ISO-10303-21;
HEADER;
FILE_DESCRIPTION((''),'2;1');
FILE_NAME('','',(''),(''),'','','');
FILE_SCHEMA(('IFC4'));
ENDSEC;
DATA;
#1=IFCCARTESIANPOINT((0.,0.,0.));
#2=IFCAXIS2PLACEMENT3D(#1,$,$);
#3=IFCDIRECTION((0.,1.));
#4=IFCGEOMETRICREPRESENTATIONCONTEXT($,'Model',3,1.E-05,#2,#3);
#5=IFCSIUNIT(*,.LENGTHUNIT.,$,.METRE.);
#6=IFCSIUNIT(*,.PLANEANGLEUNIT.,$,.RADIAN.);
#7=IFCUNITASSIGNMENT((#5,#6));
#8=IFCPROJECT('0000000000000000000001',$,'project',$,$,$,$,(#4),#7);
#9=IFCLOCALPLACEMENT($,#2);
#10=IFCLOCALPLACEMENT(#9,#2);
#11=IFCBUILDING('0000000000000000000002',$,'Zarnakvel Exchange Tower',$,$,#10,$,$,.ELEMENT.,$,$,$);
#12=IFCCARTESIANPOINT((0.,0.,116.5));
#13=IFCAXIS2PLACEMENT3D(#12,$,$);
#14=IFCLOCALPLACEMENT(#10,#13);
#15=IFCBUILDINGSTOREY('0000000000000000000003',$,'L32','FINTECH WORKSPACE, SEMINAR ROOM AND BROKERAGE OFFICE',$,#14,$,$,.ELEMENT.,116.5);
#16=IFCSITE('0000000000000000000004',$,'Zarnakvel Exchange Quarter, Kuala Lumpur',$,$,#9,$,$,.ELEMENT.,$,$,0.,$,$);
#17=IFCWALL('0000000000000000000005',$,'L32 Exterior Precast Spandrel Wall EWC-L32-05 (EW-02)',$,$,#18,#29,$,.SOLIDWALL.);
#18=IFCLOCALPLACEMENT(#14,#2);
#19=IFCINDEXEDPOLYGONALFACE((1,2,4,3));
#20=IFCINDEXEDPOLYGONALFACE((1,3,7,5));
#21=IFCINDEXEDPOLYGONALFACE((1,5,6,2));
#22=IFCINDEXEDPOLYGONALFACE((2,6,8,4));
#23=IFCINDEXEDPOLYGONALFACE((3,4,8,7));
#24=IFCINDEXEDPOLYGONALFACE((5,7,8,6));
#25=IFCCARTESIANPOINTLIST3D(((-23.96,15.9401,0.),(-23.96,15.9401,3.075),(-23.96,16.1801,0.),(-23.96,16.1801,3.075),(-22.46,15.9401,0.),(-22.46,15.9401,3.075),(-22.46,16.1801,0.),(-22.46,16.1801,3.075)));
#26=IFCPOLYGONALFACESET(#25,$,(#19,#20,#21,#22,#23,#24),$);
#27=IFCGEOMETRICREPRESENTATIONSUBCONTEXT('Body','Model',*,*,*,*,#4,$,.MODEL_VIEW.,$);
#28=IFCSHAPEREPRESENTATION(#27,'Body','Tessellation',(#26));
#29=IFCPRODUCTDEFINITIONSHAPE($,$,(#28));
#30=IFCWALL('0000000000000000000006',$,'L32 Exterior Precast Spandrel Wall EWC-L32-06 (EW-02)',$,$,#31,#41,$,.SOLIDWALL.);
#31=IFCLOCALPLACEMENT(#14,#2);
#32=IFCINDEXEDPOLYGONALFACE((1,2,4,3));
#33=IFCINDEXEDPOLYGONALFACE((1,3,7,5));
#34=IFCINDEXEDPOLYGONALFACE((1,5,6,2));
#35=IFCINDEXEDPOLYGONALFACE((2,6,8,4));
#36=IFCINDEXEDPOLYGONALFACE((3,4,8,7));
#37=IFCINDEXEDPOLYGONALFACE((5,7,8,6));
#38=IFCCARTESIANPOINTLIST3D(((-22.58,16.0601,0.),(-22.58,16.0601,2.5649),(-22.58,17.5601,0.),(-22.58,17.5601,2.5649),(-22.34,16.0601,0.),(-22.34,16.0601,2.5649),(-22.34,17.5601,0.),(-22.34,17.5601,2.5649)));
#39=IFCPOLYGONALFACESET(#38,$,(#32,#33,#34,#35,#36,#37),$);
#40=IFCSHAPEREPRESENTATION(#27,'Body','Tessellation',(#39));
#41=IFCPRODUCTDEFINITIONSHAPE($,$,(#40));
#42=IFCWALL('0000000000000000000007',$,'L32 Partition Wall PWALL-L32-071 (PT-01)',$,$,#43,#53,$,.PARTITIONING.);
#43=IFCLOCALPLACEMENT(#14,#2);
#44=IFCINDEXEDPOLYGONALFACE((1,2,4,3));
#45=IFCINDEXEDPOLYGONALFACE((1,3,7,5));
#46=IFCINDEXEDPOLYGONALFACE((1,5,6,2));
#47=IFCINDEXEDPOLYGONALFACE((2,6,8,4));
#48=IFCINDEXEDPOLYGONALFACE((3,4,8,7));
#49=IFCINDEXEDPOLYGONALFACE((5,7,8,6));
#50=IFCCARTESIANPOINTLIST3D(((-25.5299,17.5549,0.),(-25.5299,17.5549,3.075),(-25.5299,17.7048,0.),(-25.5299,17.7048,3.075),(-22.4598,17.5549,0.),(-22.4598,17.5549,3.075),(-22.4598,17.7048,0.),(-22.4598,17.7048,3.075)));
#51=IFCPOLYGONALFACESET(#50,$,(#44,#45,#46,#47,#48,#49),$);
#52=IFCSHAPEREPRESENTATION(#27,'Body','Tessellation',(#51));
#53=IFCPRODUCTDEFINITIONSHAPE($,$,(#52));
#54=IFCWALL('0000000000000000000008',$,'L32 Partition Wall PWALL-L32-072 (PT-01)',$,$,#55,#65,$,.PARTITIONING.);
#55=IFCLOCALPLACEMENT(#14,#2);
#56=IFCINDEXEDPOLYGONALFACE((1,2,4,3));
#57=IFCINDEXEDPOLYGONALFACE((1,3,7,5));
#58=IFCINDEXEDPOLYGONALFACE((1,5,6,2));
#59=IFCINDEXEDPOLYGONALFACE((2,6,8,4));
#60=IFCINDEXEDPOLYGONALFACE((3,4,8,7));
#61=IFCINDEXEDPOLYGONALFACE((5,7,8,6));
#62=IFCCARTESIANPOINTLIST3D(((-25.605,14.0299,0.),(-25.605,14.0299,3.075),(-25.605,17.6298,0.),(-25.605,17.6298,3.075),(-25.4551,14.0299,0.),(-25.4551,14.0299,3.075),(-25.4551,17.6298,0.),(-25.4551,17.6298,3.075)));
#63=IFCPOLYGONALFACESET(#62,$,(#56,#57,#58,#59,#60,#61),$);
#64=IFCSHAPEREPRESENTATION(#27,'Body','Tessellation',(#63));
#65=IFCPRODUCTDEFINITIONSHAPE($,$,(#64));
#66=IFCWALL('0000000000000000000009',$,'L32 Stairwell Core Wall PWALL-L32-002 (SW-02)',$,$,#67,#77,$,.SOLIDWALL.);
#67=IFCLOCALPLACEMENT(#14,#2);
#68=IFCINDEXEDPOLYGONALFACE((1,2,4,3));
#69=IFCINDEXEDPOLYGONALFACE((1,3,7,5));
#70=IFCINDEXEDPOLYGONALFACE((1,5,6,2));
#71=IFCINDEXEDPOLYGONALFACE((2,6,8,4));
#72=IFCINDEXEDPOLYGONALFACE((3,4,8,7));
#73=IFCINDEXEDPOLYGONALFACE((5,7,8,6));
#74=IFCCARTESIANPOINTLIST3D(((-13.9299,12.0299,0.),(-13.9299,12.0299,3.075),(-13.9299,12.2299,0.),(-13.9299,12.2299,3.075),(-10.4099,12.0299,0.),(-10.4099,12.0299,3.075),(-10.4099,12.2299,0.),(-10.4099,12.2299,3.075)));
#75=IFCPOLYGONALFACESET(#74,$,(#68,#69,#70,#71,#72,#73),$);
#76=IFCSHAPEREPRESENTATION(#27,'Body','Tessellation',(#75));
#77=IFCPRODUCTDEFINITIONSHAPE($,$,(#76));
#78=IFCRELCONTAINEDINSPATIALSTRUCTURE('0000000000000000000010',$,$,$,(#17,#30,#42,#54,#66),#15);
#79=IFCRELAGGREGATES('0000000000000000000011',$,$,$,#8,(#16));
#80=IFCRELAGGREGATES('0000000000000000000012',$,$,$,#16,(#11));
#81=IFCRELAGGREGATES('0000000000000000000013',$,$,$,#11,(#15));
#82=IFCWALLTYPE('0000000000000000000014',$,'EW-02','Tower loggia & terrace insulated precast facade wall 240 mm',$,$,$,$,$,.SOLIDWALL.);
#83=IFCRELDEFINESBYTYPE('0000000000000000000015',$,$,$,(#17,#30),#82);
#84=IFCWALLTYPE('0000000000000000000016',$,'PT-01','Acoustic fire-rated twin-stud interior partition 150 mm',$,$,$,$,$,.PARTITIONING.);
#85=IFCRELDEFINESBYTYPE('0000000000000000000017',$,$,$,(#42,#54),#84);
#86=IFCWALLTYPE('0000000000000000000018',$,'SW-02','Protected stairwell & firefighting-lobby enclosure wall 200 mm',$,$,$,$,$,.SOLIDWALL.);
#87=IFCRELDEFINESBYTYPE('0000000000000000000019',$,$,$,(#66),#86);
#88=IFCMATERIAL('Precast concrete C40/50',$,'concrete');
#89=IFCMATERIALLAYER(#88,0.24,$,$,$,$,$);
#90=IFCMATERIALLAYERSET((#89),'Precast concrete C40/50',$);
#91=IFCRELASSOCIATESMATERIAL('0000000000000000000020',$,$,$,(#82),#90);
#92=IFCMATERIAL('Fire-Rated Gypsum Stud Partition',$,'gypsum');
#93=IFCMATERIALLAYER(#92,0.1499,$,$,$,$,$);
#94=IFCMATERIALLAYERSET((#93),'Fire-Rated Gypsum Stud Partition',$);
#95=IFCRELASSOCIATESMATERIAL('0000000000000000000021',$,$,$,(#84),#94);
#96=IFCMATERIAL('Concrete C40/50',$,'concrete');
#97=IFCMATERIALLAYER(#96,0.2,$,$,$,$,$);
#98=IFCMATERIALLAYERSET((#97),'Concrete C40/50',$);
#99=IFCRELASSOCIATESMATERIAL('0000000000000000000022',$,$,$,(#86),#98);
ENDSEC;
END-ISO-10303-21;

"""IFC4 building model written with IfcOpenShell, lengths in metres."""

from ifc_helpers import new_model, si_unit, direction, frame, frame_2d, origin, place, context, subcontext, project, spatial, rectangle, extrude, material, layer, layer_set, type_object, element, save


model = new_model("IFC4")

# Units and contexts
model_context = context("Model", 3, precision=1e-05, world=origin(), true_north=direction((0.0, 1.0)))
body_context = subcontext(model_context, "Body", "Model", "MODEL_VIEW")
ifc_project = project(units=[si_unit("LENGTHUNIT", "METRE"), si_unit("PLANEANGLEUNIT", "RADIAN")], contexts=[model_context])

# Site, building, storey
site_placement = place(None, origin())
site = spatial("IfcSite", under=ifc_project, at=site_placement, Name="Zarnakvel Exchange Quarter, Kuala Lumpur", CompositionType="ELEMENT", RefElevation=0.0)
building_placement = place(site_placement, origin())
building = spatial("IfcBuilding", under=site, at=building_placement, Name="Zarnakvel Exchange Tower", CompositionType="ELEMENT")
storey_placement = place(building_placement, frame((0.0, 0.0, 116.5)))
storey = spatial("IfcBuildingStorey", under=building, at=storey_placement, Name="L32", Description="FINTECH WORKSPACE, SEMINAR ROOM AND BROKERAGE OFFICE", CompositionType="ELEMENT", Elevation=116.5)

# Walls
ifc_material_1 = material(Name="Precast concrete C40/50", Category="concrete")
ifc_layer_1 = layer(ifc_material_1, 0.24)
ifc_layer_set_1 = layer_set([ifc_layer_1], Name="Precast concrete C40/50")
wall_type_1 = type_object("IfcWallType", Name="EW-02", Description="Tower loggia & terrace insulated precast facade wall 240 mm", PredefinedType="SOLIDWALL", material=ifc_layer_set_1)
for number, where, z_axis, x_axis, name in (
    (1, (-22.46, 16.0601, 0.0), (0.0, 0.0, 1.0), (-1.0, 0.0, 0.0), "L32 Exterior Precast Spandrel Wall EWC-L32-05 (EW-02)"),
):
    element("IfcWall", number, at=place(storey_placement, frame(where, z_axis=z_axis, x_axis=x_axis)), inside=storey, type_object=wall_type_1, Name=name, PredefinedType="SOLIDWALL", context=body_context, shape_type="SweptSolid", body=[
        extrude(rectangle(XDim=1.5, YDim=0.24, at=frame_2d((0.75, 0.0))), origin(), (0.0, 0.0, 1.0), 3.075),
    ])
wall_1_placement = place(storey_placement, frame((-22.46, 17.5601, 0.0), z_axis=(0.0, 0.0, 1.0), x_axis=(0.0, -1.0, 0.0)))
element("IfcWall", 2, at=wall_1_placement, inside=storey, type_object=wall_type_1, Name="L32 Exterior Precast Spandrel Wall EWC-L32-06 (EW-02)", PredefinedType="SOLIDWALL", context=body_context, shape_type="SweptSolid", body=[
    extrude(rectangle(XDim=1.5, YDim=0.24, at=frame_2d((0.75, 0.0))), origin(), (0.0, 0.0, 1.0), 2.5649),
])

# Shared definitions
ifc_material_2 = material(Name="Fire-Rated Gypsum Stud Partition", Category="gypsum")
ifc_layer_2 = layer(ifc_material_2, 0.1499)
ifc_layer_set_2 = layer_set([ifc_layer_2], Name="Fire-Rated Gypsum Stud Partition")
wall_type_2 = type_object("IfcWallType", Name="PT-01", Description="Acoustic fire-rated twin-stud interior partition 150 mm", PredefinedType="PARTITIONING", material=ifc_layer_set_2)

# Walls
wall_2_placement = place(storey_placement, frame((-25.53, 17.6299, 0.0), z_axis=(0.0, 0.0, 1.0), x_axis=(1.0, 0.0, 0.0)))
element("IfcWall", 3, at=wall_2_placement, inside=storey, type_object=wall_type_2, Name="L32 Partition Wall PWALL-L32-071 (PT-01)", PredefinedType="PARTITIONING", context=body_context, shape_type="SweptSolid", body=[
    extrude(rectangle(XDim=3.0701, YDim=0.1499, at=frame_2d((1.5352, 0.0))), origin(), (0.0, 0.0, 1.0), 3.075),
])
wall_3_placement = place(storey_placement, frame((-25.53, 14.03, 0.0), z_axis=(0.0, 0.0, 1.0), x_axis=(0.0, 1.0, 0.0)))
element("IfcWall", 4, at=wall_3_placement, inside=storey, type_object=wall_type_2, Name="L32 Partition Wall PWALL-L32-072 (PT-01)", PredefinedType="PARTITIONING", context=body_context, shape_type="SweptSolid", body=[
    extrude(rectangle(XDim=3.5999, YDim=0.1499, at=frame_2d((1.7998, 0.0))), origin(), (0.0, 0.0, 1.0), 3.075),
])
ifc_material_3 = material(Name="Concrete C40/50", Category="concrete")
ifc_layer_3 = layer(ifc_material_3, 0.2)
ifc_layer_set_3 = layer_set([ifc_layer_3], Name="Concrete C40/50")
wall_type_3 = type_object("IfcWallType", Name="SW-02", Description="Protected stairwell & firefighting-lobby enclosure wall 200 mm", PredefinedType="SOLIDWALL", material=ifc_layer_set_3)
wall_4_placement = place(storey_placement, frame((-13.9299, 12.1299, 0.0), z_axis=(0.0, 0.0, 1.0), x_axis=(1.0, 0.0, 0.0)))
element("IfcWall", 5, at=wall_4_placement, inside=storey, type_object=wall_type_3, Name="L32 Stairwell Core Wall PWALL-L32-002 (SW-02)", PredefinedType="SOLIDWALL", context=body_context, shape_type="SweptSolid", body=[
    extrude(rectangle(XDim=3.52, YDim=0.2, at=frame_2d((1.76, 0.0))), origin(), (0.0, 0.0, 1.0), 3.075),
])

save(model, "model.ifc")
